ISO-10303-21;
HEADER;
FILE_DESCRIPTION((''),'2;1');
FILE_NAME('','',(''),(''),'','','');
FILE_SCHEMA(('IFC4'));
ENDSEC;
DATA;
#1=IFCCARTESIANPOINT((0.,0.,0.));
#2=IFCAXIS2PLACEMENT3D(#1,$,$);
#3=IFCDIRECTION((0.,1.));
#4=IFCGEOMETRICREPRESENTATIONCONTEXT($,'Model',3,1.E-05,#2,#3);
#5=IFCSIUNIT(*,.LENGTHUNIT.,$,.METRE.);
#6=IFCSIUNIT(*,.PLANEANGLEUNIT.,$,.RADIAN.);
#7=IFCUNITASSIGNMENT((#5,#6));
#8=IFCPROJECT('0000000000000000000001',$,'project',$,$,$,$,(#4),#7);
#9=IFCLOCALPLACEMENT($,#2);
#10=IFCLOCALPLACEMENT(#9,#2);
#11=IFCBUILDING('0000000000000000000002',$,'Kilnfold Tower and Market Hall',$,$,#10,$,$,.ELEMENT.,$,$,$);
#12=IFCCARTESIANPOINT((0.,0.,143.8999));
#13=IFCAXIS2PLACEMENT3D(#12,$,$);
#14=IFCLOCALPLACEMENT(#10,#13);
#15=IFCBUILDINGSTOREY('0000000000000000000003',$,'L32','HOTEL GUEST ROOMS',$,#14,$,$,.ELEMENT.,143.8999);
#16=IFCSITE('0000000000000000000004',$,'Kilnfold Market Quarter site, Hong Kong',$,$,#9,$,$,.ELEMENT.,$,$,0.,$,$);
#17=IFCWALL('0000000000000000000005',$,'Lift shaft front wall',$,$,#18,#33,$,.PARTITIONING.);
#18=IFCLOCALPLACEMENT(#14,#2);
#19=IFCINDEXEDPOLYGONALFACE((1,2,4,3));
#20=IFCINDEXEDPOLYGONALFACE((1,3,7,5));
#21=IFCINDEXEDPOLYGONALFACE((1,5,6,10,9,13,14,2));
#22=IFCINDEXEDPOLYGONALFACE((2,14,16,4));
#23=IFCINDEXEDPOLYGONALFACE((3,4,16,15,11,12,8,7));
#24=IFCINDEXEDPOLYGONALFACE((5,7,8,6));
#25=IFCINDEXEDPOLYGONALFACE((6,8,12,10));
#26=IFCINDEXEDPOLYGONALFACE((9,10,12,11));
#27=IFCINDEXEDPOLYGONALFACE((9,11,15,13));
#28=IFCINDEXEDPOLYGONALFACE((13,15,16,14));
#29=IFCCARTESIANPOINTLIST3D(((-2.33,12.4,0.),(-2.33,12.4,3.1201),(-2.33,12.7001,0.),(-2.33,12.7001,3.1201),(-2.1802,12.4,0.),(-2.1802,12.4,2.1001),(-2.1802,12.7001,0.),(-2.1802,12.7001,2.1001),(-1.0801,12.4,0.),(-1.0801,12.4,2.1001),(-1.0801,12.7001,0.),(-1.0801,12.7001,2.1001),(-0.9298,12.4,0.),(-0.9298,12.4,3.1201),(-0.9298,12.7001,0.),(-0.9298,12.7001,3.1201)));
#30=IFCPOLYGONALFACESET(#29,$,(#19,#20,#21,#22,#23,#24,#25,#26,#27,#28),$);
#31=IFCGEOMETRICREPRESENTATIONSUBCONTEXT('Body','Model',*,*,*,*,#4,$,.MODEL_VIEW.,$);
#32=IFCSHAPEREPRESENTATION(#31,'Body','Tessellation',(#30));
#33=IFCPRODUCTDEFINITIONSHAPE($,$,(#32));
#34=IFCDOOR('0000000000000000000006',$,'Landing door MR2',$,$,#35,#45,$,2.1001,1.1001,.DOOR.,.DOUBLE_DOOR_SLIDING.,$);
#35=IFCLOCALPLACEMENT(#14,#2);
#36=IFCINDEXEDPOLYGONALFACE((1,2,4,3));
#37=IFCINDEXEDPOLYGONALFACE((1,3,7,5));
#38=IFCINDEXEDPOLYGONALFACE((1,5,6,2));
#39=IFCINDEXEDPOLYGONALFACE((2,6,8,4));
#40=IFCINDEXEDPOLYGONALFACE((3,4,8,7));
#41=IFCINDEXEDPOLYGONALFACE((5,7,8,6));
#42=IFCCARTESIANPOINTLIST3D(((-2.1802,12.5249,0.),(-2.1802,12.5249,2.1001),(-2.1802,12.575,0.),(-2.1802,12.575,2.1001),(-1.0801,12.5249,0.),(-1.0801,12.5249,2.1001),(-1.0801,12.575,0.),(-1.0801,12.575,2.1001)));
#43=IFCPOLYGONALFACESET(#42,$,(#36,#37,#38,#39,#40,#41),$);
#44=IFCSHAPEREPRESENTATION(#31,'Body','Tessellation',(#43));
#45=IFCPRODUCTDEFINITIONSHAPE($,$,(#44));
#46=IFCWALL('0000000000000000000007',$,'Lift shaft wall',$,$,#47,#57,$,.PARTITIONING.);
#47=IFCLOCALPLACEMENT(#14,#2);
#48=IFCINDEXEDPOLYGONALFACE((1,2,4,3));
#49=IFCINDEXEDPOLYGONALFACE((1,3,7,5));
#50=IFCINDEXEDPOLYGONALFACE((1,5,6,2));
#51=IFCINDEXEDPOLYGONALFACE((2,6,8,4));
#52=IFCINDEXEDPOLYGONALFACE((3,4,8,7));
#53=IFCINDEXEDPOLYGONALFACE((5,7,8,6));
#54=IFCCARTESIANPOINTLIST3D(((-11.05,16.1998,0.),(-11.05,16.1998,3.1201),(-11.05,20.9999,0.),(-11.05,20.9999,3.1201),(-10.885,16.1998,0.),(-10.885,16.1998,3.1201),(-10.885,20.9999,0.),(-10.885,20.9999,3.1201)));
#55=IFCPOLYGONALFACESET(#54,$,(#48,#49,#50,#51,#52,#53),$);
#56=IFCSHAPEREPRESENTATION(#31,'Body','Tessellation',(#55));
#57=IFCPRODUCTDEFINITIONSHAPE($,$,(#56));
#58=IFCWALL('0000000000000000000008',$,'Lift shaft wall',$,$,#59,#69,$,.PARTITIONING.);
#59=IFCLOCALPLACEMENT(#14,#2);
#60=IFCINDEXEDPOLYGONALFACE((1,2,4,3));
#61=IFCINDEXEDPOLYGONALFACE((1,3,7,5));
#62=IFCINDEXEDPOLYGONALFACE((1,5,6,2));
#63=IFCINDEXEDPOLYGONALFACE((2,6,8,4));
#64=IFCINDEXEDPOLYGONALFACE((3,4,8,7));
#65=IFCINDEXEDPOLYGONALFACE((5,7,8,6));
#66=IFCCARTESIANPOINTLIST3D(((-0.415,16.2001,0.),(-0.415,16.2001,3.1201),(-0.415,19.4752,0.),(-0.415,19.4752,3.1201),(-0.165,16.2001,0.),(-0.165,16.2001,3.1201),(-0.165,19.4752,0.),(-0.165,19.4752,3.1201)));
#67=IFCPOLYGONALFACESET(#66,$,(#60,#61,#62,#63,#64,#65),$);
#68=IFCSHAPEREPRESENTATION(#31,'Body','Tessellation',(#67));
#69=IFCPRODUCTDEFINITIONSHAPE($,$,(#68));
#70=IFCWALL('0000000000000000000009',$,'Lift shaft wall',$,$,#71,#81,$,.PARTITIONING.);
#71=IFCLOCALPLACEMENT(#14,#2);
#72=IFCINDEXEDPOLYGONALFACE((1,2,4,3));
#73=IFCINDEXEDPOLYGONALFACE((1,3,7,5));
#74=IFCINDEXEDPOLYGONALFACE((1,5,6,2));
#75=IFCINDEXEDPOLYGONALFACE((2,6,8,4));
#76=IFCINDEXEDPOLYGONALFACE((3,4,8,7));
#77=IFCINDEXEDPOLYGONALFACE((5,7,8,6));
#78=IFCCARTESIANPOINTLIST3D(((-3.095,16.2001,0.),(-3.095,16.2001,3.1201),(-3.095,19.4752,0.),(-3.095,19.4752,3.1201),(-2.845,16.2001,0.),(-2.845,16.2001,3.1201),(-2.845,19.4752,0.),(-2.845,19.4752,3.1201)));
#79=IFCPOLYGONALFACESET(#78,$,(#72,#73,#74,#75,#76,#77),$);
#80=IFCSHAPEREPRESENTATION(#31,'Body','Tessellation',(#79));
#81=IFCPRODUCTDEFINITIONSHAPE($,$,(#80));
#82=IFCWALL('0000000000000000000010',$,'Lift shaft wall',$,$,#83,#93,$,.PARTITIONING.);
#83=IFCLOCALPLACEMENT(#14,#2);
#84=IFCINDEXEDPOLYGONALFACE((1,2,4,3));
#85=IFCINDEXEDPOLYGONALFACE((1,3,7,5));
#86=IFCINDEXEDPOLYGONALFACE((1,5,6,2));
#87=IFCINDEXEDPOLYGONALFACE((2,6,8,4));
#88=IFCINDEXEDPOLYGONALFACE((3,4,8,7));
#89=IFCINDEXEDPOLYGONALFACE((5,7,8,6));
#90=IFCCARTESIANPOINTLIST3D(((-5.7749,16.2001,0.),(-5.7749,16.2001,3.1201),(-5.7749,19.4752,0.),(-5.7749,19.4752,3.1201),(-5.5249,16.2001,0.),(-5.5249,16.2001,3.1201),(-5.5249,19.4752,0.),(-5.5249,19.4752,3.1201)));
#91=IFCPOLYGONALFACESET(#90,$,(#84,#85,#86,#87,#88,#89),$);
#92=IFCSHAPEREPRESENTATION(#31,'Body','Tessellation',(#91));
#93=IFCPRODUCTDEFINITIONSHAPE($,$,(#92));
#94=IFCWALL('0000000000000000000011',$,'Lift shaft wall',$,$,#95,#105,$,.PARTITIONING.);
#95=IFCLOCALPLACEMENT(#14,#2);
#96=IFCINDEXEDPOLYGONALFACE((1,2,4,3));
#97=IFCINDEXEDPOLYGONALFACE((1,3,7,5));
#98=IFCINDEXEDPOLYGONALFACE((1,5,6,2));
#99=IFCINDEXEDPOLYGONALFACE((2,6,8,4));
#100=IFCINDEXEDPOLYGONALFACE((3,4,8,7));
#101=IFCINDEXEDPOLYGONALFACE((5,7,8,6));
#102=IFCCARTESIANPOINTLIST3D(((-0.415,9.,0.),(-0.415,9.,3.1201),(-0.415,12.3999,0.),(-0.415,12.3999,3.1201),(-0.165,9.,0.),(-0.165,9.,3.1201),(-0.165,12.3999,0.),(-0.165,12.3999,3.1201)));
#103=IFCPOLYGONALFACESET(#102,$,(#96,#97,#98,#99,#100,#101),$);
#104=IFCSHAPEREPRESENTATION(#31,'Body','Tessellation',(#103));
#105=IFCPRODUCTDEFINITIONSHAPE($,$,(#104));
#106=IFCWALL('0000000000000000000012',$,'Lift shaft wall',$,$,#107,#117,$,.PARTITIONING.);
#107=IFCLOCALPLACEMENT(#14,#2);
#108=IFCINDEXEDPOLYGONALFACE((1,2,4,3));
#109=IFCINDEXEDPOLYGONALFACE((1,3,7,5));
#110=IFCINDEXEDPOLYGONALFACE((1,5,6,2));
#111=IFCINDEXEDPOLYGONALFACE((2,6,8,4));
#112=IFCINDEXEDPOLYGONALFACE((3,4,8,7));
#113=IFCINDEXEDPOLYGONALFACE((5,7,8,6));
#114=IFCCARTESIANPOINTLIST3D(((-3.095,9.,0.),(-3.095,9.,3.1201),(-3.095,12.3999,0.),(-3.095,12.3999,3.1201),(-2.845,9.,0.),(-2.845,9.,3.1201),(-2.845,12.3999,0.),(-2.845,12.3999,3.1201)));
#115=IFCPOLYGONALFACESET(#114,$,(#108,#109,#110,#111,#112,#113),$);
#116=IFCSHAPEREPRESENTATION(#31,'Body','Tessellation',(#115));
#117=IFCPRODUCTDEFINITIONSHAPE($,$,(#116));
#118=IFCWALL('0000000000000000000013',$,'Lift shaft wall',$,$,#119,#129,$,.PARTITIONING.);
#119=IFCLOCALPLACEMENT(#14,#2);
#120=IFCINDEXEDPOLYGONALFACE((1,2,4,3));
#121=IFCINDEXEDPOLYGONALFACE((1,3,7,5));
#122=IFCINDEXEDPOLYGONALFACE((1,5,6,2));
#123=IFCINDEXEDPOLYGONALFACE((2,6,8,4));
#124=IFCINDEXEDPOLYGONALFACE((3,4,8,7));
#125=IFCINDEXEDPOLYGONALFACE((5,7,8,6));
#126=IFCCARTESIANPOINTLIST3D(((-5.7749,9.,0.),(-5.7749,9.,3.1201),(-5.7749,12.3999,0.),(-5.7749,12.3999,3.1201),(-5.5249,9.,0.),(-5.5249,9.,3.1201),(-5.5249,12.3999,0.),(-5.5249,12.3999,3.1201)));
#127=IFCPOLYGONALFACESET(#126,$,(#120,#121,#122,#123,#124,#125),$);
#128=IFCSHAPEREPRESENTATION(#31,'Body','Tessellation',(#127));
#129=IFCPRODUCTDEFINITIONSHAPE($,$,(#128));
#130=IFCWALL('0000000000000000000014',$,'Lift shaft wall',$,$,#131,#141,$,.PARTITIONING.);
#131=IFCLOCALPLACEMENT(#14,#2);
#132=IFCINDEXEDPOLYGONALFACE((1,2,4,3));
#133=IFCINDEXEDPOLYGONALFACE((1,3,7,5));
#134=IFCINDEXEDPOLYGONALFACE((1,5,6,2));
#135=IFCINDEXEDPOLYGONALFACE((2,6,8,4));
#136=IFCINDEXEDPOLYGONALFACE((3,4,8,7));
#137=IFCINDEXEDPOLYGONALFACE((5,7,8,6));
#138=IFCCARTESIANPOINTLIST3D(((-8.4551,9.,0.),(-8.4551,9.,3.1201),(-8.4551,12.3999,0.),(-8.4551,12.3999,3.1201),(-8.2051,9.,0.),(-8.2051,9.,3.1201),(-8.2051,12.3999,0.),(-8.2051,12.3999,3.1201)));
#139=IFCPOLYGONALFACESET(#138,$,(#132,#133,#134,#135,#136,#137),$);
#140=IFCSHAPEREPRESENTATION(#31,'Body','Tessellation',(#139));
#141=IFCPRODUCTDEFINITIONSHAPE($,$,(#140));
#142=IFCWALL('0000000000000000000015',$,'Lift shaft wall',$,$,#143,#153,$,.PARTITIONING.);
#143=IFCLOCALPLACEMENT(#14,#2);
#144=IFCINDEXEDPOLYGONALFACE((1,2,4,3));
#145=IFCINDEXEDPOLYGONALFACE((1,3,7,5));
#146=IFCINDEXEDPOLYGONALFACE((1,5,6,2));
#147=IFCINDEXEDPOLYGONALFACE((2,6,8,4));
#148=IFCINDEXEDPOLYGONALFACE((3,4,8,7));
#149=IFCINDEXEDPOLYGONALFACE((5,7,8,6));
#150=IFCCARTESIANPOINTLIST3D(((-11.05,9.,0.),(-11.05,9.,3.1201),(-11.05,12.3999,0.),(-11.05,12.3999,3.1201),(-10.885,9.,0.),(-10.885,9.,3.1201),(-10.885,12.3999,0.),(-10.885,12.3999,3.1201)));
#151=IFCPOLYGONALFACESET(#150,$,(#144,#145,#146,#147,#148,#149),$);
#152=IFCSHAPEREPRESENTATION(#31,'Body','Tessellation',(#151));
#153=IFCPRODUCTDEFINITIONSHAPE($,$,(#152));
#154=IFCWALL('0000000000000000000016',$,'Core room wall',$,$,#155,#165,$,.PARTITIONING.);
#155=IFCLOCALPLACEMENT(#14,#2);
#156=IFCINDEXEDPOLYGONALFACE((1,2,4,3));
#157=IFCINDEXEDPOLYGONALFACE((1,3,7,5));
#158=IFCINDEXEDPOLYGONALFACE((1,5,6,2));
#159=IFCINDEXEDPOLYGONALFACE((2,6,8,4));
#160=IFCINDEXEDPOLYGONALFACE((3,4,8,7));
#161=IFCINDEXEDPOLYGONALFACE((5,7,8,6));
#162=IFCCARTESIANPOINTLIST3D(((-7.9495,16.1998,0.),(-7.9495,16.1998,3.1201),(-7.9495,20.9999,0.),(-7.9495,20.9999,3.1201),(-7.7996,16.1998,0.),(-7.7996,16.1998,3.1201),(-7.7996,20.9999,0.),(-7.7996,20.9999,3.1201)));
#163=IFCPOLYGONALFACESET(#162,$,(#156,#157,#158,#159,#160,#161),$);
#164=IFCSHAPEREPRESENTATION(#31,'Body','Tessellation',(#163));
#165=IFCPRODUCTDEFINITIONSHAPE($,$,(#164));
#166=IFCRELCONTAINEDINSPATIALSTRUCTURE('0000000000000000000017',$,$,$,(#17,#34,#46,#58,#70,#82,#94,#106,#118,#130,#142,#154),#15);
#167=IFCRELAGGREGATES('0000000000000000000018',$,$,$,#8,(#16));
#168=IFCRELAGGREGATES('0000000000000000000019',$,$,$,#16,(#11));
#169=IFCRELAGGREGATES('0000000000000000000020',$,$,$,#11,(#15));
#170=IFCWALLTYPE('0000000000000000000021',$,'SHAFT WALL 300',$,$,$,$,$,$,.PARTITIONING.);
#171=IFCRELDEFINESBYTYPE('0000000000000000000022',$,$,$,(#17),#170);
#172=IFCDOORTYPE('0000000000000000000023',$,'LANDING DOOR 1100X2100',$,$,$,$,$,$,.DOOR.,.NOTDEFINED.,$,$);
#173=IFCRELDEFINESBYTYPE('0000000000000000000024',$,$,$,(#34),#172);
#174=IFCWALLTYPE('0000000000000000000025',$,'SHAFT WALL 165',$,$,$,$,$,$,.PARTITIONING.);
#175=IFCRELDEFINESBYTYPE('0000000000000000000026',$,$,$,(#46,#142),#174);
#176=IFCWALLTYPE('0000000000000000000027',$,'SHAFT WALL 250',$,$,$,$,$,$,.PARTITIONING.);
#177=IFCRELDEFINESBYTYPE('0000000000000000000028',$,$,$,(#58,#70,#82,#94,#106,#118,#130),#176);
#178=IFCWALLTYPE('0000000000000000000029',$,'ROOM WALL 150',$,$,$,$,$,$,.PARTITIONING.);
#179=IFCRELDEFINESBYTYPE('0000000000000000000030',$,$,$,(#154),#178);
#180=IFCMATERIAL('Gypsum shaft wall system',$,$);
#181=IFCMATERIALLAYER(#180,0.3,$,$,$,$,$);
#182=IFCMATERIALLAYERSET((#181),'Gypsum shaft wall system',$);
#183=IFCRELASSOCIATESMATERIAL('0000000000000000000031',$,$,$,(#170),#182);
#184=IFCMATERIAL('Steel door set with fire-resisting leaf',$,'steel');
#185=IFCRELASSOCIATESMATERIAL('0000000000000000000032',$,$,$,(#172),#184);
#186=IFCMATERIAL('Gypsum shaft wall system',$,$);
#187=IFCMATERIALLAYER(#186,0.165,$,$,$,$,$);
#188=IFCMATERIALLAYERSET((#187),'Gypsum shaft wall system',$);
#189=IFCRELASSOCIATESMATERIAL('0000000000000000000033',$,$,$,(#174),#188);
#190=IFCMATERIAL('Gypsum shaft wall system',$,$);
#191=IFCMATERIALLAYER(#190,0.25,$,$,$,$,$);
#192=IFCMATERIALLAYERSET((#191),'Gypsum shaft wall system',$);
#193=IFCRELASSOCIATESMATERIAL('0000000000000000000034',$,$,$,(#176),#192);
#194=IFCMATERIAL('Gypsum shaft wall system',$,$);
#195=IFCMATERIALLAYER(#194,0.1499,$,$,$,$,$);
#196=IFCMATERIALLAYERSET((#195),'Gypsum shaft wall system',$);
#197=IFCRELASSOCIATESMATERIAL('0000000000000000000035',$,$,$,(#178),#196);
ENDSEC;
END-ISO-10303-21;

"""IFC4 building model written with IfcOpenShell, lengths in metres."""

from ifc_helpers import new_model, si_unit, direction, frame, frame_2d, origin, place, context, subcontext, project, spatial, rectangle, extrude, source, transform, mapped, material, layer, layer_set, type_object, element, fill, save


model = new_model("IFC4")

# Units and contexts
model_context = context("Model", 3, precision=1e-05, world=origin(), true_north=direction((0.0, 1.0)))
body_context = subcontext(model_context, "Body", "Model", "MODEL_VIEW")
ifc_project = project(units=[si_unit("LENGTHUNIT", "METRE"), si_unit("PLANEANGLEUNIT", "RADIAN")], contexts=[model_context])

# Site, building, storey
site_placement = place(None, origin())
site = spatial("IfcSite", under=ifc_project, at=site_placement, Name="Kilnfold Market Quarter site, Hong Kong", CompositionType="ELEMENT", RefElevation=0.0)
building_placement = place(site_placement, origin())
building = spatial("IfcBuilding", under=site, at=building_placement, Name="Kilnfold Tower and Market Hall", CompositionType="ELEMENT")
storey_placement = place(building_placement, frame((0.0, 0.0, 143.8999)))
storey = spatial("IfcBuildingStorey", under=building, at=storey_placement, Name="L32", Description="HOTEL GUEST ROOMS", CompositionType="ELEMENT", Elevation=143.8999)

# Wall, opening, door
ifc_material_1 = material(Name="Gypsum shaft wall system")
ifc_layer_1 = layer(ifc_material_1, 0.3)
ifc_layer_set_1 = layer_set([ifc_layer_1], Name="Gypsum shaft wall system")
wall_type_1 = type_object("IfcWallType", Name="SHAFT WALL 300", PredefinedType="PARTITIONING", material=ifc_layer_set_1)
ifc_material_2 = material(Name="Steel door set with fire-resisting leaf", Category="steel")
door_type_1 = type_object("IfcDoorType", Name="LANDING DOOR 1100X2100", OperationType="NOTDEFINED", PredefinedType="DOOR", material=ifc_material_2)
shared_shape_1 = source(origin(), body_context, "Body", "SweptSolid", [
    extrude(rectangle(XDim=1.4001, YDim=0.3, at=frame_2d((0.7002, 0.0))), origin(), (0.0, 0.0, 1.0), 3.1201),
])
wall_1_placement = place(storey_placement, frame((-2.3301, 12.55, 0.0), z_axis=(0.0, 0.0, 1.0), x_axis=(1.0, 0.0, 0.0)))
wall_1 = element("IfcWall", 1, at=wall_1_placement, inside=storey, type_object=wall_type_1, Name="Lift shaft front wall", PredefinedType="PARTITIONING", context=body_context, shape_type="MappedRepresentation", body=[
    mapped(shared_shape_1, transform((0.0, 0.0, 0.0))),
])
opening_1_placement = place(wall_1_placement, frame((0.1499, 0.0, 0.0)))
opening_1 = element("IfcOpeningElement", 2, at=opening_1_placement, cuts=wall_1, PredefinedType="OPENING", context=body_context, shape_type="SweptSolid", body=[
    extrude(rectangle(XDim=1.1001, YDim=2.1001, at=frame_2d((0.55, 1.05))), frame((0.0, 0.1602, 0.0), z_axis=(0.0, -1.0, 0.0), x_axis=(1.0, 0.0, 0.0)), (0.0, 0.0, 1.0), 0.3201),
])
door_1_placement = place(opening_1_placement, origin())
door_1 = element("IfcDoor", 3, at=door_1_placement, inside=storey, type_object=door_type_1, Name="Landing door MR2", OperationType="DOUBLE_DOOR_SLIDING", OverallHeight=2.1001, OverallWidth=1.1001, PredefinedType="DOOR", context=body_context, shape_type="SweptSolid", body=[
    extrude(rectangle(XDim=1.1001, YDim=2.1001, at=frame_2d((0.55, 1.05))), frame((0.0, 0.0249, 0.0), z_axis=(0.0, -1.0, 0.0), x_axis=(1.0, 0.0, 0.0)), (0.0, 0.0, 1.0), 0.05),
])
fill(opening_1, door_1)

# Walls
ifc_material_3 = material(Name="Gypsum shaft wall system")
ifc_layer_2 = layer(ifc_material_3, 0.165)
ifc_layer_set_2 = layer_set([ifc_layer_2], Name="Gypsum shaft wall system")
wall_type_2 = type_object("IfcWallType", Name="SHAFT WALL 165", PredefinedType="PARTITIONING", material=ifc_layer_set_2)
shared_shape_2 = source(origin(), body_context, "Body", "SweptSolid", [
    extrude(rectangle(XDim=4.8, YDim=0.165, at=frame_2d((2.3999, 0.0))), origin(), (0.0, 0.0, 1.0), 3.1201),
])
wall_2_placement = place(storey_placement, frame((-10.9675, 16.2, 0.0), z_axis=(0.0, 0.0, 1.0), x_axis=(0.0, 1.0, 0.0)))
element("IfcWall", 4, at=wall_2_placement, inside=storey, type_object=wall_type_2, Name="Lift shaft wall", PredefinedType="PARTITIONING", context=body_context, shape_type="MappedRepresentation", body=[
    mapped(shared_shape_2, transform((0.0, 0.0, 0.0))),
])
ifc_material_4 = material(Name="Gypsum shaft wall system")
ifc_layer_3 = layer(ifc_material_4, 0.25)
ifc_layer_set_3 = layer_set([ifc_layer_3], Name="Gypsum shaft wall system")
wall_type_3 = type_object("IfcWallType", Name="SHAFT WALL 250", PredefinedType="PARTITIONING", material=ifc_layer_set_3)
shared_shape_3 = source(origin(), body_context, "Body", "SweptSolid", [
    extrude(rectangle(XDim=3.2751, YDim=0.25, at=frame_2d((1.6377, 0.0))), origin(), (0.0, 0.0, 1.0), 3.1201),
])
for number, where, z_axis, x_axis, name in (
    (5, (-0.29, 16.2, 0.0), (0.0, 0.0, 1.0), (0.0, 1.0, 0.0), "Lift shaft wall"),
    (6, (-2.97, 16.2, 0.0), (0.0, 0.0, 1.0), (0.0, 1.0, 0.0), "Lift shaft wall"),
    (7, (-5.6499, 16.2, 0.0), (0.0, 0.0, 1.0), (0.0, 1.0, 0.0), "Lift shaft wall"),
):
    element("IfcWall", number, at=place(storey_placement, frame(where, z_axis=z_axis, x_axis=x_axis)), inside=storey, type_object=wall_type_3, Name=name, PredefinedType="PARTITIONING", context=body_context, shape_type="MappedRepresentation", body=[
        mapped(shared_shape_3, transform((0.0, 0.0, 0.0))),
    ])
shared_shape_4 = source(origin(), body_context, "Body", "SweptSolid", [
    extrude(rectangle(XDim=3.3999, YDim=0.25, at=frame_2d((1.7, 0.0))), origin(), (0.0, 0.0, 1.0), 3.1201),
])
for number, where, z_axis, x_axis, name in (
    (8, (-0.29, 9.0, 0.0), (0.0, 0.0, 1.0), (0.0, 1.0, 0.0), "Lift shaft wall"),
    (9, (-2.97, 9.0, 0.0), (0.0, 0.0, 1.0), (0.0, 1.0, 0.0), "Lift shaft wall"),
    (10, (-5.6499, 9.0, 0.0), (0.0, 0.0, 1.0), (0.0, 1.0, 0.0), "Lift shaft wall"),
    (11, (-8.3301, 9.0, 0.0), (0.0, 0.0, 1.0), (0.0, 1.0, 0.0), "Lift shaft wall"),
):
    element("IfcWall", number, at=place(storey_placement, frame(where, z_axis=z_axis, x_axis=x_axis)), inside=storey, type_object=wall_type_3, Name=name, PredefinedType="PARTITIONING", context=body_context, shape_type="MappedRepresentation", body=[
        mapped(shared_shape_4, transform((0.0, 0.0, 0.0))),
    ])
shared_shape_5 = source(origin(), body_context, "Body", "SweptSolid", [
    extrude(rectangle(XDim=3.3999, YDim=0.165, at=frame_2d((1.7, 0.0))), origin(), (0.0, 0.0, 1.0), 3.1201),
])
wall_3_placement = place(storey_placement, frame((-10.9675, 9.0, 0.0), z_axis=(0.0, 0.0, 1.0), x_axis=(0.0, 1.0, 0.0)))
element("IfcWall", 12, at=wall_3_placement, inside=storey, type_object=wall_type_2, Name="Lift shaft wall", PredefinedType="PARTITIONING", context=body_context, shape_type="MappedRepresentation", body=[
    mapped(shared_shape_5, transform((0.0, 0.0, 0.0))),
])
ifc_material_5 = material(Name="Gypsum shaft wall system")
ifc_layer_4 = layer(ifc_material_5, 0.1499)
ifc_layer_set_4 = layer_set([ifc_layer_4], Name="Gypsum shaft wall system")
wall_type_4 = type_object("IfcWallType", Name="ROOM WALL 150", PredefinedType="PARTITIONING", material=ifc_layer_set_4)
shared_shape_6 = source(origin(), body_context, "Body", "SweptSolid", [
    extrude(rectangle(XDim=4.8, YDim=0.1499, at=frame_2d((2.3999, 0.0))), origin(), (0.0, 0.0, 1.0), 3.1201),
])
wall_4_placement = place(storey_placement, frame((-7.8745, 16.2, 0.0), z_axis=(0.0, 0.0, 1.0), x_axis=(0.0, 1.0, 0.0)))
element("IfcWall", 13, at=wall_4_placement, inside=storey, type_object=wall_type_4, Name="Core room wall", PredefinedType="PARTITIONING", context=body_context, shape_type="MappedRepresentation", body=[
    mapped(shared_shape_6, transform((0.0, 0.0, 0.0))),
])

save(model, "model.ifc")
